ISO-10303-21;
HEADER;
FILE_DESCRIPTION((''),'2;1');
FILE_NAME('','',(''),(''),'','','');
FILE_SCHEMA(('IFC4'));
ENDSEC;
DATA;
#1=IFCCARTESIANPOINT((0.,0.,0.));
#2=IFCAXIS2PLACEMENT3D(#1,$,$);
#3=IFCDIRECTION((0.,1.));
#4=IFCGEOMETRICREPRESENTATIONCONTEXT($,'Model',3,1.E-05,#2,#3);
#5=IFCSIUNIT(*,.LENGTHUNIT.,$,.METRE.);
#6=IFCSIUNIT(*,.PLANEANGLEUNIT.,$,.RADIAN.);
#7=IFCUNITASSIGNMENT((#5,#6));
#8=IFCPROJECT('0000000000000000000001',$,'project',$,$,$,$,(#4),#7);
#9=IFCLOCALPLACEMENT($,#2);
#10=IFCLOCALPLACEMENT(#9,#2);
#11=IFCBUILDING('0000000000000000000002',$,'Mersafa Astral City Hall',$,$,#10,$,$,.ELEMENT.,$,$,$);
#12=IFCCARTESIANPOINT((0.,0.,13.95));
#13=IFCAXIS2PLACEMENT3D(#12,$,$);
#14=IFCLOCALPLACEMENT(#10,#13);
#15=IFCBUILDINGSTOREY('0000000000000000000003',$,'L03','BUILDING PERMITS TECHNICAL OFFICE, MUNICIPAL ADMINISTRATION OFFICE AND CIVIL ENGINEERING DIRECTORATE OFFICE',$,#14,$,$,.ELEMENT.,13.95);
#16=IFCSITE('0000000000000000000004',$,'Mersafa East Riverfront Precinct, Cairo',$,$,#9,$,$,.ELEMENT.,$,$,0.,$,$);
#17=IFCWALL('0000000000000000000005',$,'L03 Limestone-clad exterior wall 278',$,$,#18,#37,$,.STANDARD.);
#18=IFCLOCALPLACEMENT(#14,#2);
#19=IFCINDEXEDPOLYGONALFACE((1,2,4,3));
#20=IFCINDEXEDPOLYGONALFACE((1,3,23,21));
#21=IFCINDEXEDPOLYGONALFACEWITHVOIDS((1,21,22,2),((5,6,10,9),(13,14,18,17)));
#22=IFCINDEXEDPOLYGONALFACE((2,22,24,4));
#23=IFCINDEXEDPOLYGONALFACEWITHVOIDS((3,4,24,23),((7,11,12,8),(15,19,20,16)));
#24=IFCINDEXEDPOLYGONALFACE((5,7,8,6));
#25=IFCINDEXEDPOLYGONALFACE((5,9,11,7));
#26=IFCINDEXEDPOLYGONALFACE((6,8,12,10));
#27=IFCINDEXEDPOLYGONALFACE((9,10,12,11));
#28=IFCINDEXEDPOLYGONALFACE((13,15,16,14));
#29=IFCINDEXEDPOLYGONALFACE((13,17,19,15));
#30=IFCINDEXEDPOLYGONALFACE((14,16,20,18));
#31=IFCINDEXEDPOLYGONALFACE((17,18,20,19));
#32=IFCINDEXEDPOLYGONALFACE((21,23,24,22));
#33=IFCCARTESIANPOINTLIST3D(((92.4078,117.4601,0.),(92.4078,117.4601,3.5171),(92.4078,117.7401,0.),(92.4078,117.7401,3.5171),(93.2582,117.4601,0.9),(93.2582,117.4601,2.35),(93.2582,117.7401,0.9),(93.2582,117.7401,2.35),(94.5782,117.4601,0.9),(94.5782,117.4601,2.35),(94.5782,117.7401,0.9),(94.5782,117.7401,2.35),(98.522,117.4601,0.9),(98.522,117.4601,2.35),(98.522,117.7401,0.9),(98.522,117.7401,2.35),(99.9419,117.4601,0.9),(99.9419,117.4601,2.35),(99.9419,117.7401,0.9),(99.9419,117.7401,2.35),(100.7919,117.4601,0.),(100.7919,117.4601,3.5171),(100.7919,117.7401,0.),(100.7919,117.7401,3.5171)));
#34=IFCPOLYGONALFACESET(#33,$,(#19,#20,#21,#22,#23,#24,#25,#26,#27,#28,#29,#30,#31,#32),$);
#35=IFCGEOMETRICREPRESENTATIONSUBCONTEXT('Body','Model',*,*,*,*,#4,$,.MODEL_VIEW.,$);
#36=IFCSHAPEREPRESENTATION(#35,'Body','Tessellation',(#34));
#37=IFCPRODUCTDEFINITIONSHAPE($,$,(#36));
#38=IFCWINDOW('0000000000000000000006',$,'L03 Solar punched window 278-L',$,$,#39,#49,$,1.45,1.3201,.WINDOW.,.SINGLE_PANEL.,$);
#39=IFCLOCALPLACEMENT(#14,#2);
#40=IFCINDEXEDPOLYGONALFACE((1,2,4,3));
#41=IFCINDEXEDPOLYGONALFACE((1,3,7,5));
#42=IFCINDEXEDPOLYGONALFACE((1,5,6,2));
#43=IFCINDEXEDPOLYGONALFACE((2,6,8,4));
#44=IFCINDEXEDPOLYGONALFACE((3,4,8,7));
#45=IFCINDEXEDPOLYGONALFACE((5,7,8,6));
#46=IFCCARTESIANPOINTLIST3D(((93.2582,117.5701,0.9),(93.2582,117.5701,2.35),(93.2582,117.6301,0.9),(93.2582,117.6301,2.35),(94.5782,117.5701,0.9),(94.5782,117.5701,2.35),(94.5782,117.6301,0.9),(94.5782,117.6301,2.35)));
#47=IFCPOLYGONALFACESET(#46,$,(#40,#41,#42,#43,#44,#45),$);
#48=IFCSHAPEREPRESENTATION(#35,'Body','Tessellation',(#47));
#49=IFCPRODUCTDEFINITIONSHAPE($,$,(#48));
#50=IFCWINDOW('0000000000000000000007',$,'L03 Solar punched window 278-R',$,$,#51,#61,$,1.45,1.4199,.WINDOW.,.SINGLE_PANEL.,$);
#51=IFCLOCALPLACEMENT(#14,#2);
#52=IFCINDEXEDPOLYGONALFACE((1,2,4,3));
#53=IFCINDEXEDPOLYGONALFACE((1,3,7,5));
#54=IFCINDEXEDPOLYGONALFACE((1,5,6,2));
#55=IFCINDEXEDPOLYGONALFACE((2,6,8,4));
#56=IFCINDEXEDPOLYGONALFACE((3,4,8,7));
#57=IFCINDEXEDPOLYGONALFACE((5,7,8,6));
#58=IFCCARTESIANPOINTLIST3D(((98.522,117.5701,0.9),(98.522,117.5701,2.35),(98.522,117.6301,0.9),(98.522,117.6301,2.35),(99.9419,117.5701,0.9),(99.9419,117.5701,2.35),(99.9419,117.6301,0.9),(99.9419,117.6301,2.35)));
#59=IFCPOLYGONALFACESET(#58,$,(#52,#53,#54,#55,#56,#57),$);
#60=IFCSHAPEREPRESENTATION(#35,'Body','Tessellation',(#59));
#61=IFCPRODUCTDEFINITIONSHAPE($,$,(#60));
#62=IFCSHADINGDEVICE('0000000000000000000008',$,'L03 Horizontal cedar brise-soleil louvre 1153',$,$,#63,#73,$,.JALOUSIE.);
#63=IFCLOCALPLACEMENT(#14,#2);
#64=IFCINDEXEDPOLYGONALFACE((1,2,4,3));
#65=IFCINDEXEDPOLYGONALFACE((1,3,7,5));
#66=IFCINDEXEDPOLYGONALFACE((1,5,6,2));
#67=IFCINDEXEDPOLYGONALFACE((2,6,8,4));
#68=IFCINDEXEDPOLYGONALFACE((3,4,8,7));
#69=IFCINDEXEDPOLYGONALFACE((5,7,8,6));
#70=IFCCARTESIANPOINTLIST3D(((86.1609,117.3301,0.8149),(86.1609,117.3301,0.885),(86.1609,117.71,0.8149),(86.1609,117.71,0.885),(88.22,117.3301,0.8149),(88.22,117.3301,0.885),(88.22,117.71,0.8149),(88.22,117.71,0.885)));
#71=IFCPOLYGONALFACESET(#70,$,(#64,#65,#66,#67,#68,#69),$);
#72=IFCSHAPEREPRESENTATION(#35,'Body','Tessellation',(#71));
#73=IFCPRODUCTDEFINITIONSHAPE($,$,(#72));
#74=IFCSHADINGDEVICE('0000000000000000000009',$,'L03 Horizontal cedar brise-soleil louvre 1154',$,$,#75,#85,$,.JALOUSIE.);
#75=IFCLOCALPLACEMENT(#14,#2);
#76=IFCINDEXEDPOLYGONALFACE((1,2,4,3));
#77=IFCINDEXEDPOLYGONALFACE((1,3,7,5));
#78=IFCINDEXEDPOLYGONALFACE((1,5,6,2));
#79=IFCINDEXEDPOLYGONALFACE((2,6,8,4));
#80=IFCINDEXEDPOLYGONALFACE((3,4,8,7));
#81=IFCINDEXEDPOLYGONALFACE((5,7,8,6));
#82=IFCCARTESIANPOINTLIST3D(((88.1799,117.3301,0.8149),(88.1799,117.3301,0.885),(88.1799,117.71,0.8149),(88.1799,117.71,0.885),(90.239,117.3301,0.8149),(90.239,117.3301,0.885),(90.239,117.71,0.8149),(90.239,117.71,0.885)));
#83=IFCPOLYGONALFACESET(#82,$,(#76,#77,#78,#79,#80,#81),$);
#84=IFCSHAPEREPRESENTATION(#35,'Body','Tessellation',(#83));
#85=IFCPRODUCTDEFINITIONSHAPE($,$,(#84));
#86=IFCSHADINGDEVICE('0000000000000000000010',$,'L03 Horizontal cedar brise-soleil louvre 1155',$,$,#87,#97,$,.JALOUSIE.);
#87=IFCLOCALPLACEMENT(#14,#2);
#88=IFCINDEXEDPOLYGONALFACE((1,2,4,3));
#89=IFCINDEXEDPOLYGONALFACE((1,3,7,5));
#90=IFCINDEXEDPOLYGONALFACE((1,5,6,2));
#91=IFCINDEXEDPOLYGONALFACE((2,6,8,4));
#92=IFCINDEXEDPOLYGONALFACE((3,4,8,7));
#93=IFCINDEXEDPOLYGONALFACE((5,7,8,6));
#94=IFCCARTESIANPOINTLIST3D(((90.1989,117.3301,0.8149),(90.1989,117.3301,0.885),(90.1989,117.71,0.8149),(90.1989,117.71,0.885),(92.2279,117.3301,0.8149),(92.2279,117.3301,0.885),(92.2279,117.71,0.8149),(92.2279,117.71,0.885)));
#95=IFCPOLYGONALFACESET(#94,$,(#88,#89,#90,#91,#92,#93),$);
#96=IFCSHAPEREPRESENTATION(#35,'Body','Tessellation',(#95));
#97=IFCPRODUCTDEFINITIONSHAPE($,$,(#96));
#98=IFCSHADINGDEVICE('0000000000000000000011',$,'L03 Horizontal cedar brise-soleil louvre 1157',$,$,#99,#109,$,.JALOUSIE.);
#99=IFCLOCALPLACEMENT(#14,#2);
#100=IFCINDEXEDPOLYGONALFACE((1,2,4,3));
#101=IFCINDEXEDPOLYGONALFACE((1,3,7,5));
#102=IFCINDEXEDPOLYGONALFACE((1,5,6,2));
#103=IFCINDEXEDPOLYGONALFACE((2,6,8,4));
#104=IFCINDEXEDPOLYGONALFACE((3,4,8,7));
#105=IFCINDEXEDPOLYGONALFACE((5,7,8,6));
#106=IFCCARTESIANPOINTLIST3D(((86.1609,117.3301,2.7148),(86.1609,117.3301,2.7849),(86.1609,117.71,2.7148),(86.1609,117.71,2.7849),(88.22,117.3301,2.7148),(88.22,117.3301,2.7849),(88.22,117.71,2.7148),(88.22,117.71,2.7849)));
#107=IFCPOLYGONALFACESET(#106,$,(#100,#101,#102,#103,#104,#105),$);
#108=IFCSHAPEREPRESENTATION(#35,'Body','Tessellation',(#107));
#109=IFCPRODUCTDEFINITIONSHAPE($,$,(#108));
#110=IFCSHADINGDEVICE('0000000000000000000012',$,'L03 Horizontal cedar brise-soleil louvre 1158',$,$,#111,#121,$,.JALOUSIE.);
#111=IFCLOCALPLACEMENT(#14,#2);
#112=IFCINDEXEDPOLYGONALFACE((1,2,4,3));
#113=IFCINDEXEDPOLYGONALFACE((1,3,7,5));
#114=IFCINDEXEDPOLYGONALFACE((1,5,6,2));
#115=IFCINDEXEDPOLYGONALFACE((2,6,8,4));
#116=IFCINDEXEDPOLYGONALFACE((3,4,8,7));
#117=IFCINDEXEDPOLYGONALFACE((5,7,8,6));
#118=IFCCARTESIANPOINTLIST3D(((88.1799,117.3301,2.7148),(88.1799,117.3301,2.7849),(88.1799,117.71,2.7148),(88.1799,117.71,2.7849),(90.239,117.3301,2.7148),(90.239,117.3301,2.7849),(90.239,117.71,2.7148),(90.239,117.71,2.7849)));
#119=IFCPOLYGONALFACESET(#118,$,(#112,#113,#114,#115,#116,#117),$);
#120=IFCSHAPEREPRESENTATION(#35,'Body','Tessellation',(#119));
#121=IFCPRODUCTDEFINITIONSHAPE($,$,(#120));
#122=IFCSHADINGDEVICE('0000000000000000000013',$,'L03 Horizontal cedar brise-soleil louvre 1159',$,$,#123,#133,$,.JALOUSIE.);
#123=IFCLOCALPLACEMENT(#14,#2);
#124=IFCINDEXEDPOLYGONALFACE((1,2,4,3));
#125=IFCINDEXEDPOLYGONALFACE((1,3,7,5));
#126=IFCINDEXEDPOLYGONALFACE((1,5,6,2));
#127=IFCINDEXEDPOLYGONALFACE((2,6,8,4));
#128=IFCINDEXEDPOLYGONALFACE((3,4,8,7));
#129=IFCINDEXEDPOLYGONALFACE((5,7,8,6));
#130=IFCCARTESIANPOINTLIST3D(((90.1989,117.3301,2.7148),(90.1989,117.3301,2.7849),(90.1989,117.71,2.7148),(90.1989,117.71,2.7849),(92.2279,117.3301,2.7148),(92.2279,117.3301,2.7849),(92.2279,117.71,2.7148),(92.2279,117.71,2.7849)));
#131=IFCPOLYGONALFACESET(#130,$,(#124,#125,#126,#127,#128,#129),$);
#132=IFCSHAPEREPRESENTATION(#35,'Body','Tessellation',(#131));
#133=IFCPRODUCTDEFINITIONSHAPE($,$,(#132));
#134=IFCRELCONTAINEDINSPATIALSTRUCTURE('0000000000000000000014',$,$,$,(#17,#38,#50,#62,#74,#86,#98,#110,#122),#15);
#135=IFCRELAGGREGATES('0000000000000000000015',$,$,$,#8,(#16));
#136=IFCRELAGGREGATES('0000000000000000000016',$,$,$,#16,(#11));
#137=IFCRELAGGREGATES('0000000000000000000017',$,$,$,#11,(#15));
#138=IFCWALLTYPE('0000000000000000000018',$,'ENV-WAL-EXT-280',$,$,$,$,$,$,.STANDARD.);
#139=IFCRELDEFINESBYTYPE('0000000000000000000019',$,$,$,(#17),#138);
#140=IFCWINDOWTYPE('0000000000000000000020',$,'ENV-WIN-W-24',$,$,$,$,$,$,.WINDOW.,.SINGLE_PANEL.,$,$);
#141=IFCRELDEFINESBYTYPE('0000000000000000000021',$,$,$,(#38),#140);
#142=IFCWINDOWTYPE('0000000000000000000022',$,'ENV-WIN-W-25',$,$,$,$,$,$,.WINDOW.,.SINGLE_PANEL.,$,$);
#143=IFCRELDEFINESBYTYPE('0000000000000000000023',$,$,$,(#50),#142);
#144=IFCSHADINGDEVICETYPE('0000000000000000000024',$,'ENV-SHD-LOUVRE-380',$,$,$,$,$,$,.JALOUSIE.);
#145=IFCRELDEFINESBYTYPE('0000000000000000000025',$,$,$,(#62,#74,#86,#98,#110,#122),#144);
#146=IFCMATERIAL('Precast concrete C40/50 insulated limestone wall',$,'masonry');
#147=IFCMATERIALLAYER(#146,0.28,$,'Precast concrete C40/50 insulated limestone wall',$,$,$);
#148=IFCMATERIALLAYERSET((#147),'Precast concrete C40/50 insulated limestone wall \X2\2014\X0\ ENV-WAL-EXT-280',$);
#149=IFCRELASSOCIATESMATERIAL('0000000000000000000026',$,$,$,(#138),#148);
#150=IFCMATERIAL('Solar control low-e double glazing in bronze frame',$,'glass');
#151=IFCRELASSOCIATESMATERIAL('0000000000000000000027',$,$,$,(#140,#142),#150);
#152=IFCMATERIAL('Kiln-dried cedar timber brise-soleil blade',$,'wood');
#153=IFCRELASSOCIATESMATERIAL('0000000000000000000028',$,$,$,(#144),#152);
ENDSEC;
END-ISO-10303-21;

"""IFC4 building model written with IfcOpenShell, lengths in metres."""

from ifc_helpers import new_model, si_unit, direction, frame, frame_2d, origin, origin_2d, place, context, subcontext, project, spatial, rectangle, extrude, material, layer, layer_set, type_object, element, fill, save


model = new_model("IFC4")

# Units and contexts
model_context = context("Model", 3, precision=1e-05, world=origin(), true_north=direction((0.0, 1.0)))
body_context = subcontext(model_context, "Body", "Model", "MODEL_VIEW")
ifc_project = project(units=[si_unit("LENGTHUNIT", "METRE"), si_unit("PLANEANGLEUNIT", "RADIAN")], contexts=[model_context])

# Site, building, storey
site_placement = place(None, origin())
site = spatial("IfcSite", under=ifc_project, at=site_placement, Name="Mersafa East Riverfront Precinct, Cairo", CompositionType="ELEMENT", RefElevation=0.0)
building_placement = place(site_placement, origin())
building = spatial("IfcBuilding", under=site, at=building_placement, Name="Mersafa Astral City Hall", CompositionType="ELEMENT")
storey_placement = place(building_placement, frame((0.0, 0.0, 13.95)))
storey = spatial("IfcBuildingStorey", under=building, at=storey_placement, Name="L03", Description="BUILDING PERMITS TECHNICAL OFFICE, MUNICIPAL ADMINISTRATION OFFICE AND CIVIL ENGINEERING DIRECTORATE OFFICE", CompositionType="ELEMENT", Elevation=13.95)

# Wall, openings, windows
ifc_material_1 = material(Name="Precast concrete C40/50 insulated limestone wall", Category="masonry")
ifc_layer_1 = layer(ifc_material_1, 0.28, Name="Precast concrete C40/50 insulated limestone wall")
ifc_layer_set_1 = layer_set([ifc_layer_1], Name="Precast concrete C40/50 insulated limestone wall — ENV-WAL-EXT-280")
wall_type = type_object("IfcWallType", Name="ENV-WAL-EXT-280", PredefinedType="STANDARD", material=ifc_layer_set_1)
wall_placement = place(storey_placement, frame((92.408, 117.6001, 0.0), z_axis=(0.0, 0.0, 1.0), x_axis=(1.0, 0.0, 0.0)))
wall = element("IfcWall", 1, at=wall_placement, inside=storey, type_object=wall_type, Name="L03 Limestone-clad exterior wall 278", PredefinedType="STANDARD", context=body_context, shape_type="SweptSolid", body=[
    extrude(rectangle(XDim=8.384, YDim=0.28, at=frame_2d((4.1919, 0.0))), origin(), (0.0, 0.0, 1.0), 3.5171),
])
opening_1_placement = place(wall_placement, frame((0.8501, 0.0, 0.8999)))
opening_1 = element("IfcOpeningElement", 2, at=opening_1_placement, cuts=wall, PredefinedType="OPENING", context=body_context, shape_type="SweptSolid", body=[
    extrude(rectangle(XDim=1.3201, YDim=1.45, at=frame_2d((0.6602, 0.7251))), frame((0.0, 0.1499, 0.0), z_axis=(0.0, -1.0, 0.0), x_axis=(1.0, 0.0, 0.0)), (0.0, 0.0, 1.0), 0.3),
])
opening_2_placement = place(wall_placement, frame((6.114, 0.0, 0.8999)))
opening_2 = element("IfcOpeningElement", 3, at=opening_2_placement, cuts=wall, PredefinedType="OPENING", context=body_context, shape_type="SweptSolid", body=[
    extrude(rectangle(XDim=1.4199, YDim=1.45, at=frame_2d((0.71, 0.7251))), frame((0.0, 0.1499, 0.0), z_axis=(0.0, -1.0, 0.0), x_axis=(1.0, 0.0, 0.0)), (0.0, 0.0, 1.0), 0.3),
])
ifc_material_2 = material(Name="Solar control low-e double glazing in bronze frame", Category="glass")
window_type_1 = type_object("IfcWindowType", Name="ENV-WIN-W-24", PartitioningType="SINGLE_PANEL", PredefinedType="WINDOW", material=ifc_material_2)
window_1_placement = place(opening_1_placement, origin())
window_1 = element("IfcWindow", 4, at=window_1_placement, inside=storey, type_object=window_type_1, Name="L03 Solar punched window 278-L", OverallHeight=1.45, OverallWidth=1.3201, PartitioningType="SINGLE_PANEL", PredefinedType="WINDOW", context=body_context, shape_type="SweptSolid", body=[
    extrude(rectangle(XDim=1.3201, YDim=1.45, at=frame_2d((0.6602, 0.7251))), frame((0.0, 0.03, 0.0), z_axis=(0.0, -1.0, 0.0), x_axis=(1.0, 0.0, 0.0)), (0.0, 0.0, 1.0), 0.0601),
])
fill(opening_1, window_1)
window_type_2 = type_object("IfcWindowType", Name="ENV-WIN-W-25", PartitioningType="SINGLE_PANEL", PredefinedType="WINDOW", material=ifc_material_2)
window_2_placement = place(opening_2_placement, origin())
window_2 = element("IfcWindow", 5, at=window_2_placement, inside=storey, type_object=window_type_2, Name="L03 Solar punched window 278-R", OverallHeight=1.45, OverallWidth=1.4199, PartitioningType="SINGLE_PANEL", PredefinedType="WINDOW", context=body_context, shape_type="SweptSolid", body=[
    extrude(rectangle(XDim=1.4199, YDim=1.45, at=frame_2d((0.71, 0.7251))), frame((0.0, 0.03, 0.0), z_axis=(0.0, -1.0, 0.0), x_axis=(1.0, 0.0, 0.0)), (0.0, 0.0, 1.0), 0.0601),
])
fill(opening_2, window_2)

# Shading devices
ifc_material_3 = material(Name="Kiln-dried cedar timber brise-soleil blade", Category="wood")
shading_device_type = type_object("IfcShadingDeviceType", Name="ENV-SHD-LOUVRE-380", PredefinedType="JALOUSIE", material=ifc_material_3)
for number, where, z_axis, x_axis, name in (
    (6, (87.1904, 117.52, 0.8149), (0.0, 0.0, 1.0), (1.0, 0.0, 0.0), "L03 Horizontal cedar brise-soleil louvre 1153"),
    (7, (89.2095, 117.52, 0.8149), (0.0, 0.0, 1.0), (1.0, 0.0, 0.0), "L03 Horizontal cedar brise-soleil louvre 1154"),
):
    element("IfcShadingDevice", number, at=place(storey_placement, frame(where, z_axis=z_axis, x_axis=x_axis)), inside=storey, type_object=shading_device_type, Name=name, PredefinedType="JALOUSIE", context=body_context, shape_type="SweptSolid", body=[
        extrude(rectangle(XDim=2.0591, YDim=0.3799, at=origin_2d()), origin(), (0.0, 0.0, 1.0), 0.0701),
    ])
shading_device_1_placement = place(storey_placement, frame((91.2134, 117.52, 0.8149), z_axis=(0.0, 0.0, 1.0), x_axis=(1.0, 0.0, 0.0)))
element("IfcShadingDevice", 8, at=shading_device_1_placement, inside=storey, type_object=shading_device_type, Name="L03 Horizontal cedar brise-soleil louvre 1155", PredefinedType="JALOUSIE", context=body_context, shape_type="SweptSolid", body=[
    extrude(rectangle(XDim=2.0291, YDim=0.3799, at=origin_2d()), origin(), (0.0, 0.0, 1.0), 0.0701),
])
for number, where, z_axis, x_axis, name in (
    (9, (87.1904, 117.52, 2.7148), (0.0, 0.0, 1.0), (1.0, 0.0, 0.0), "L03 Horizontal cedar brise-soleil louvre 1157"),
    (10, (89.2095, 117.52, 2.7148), (0.0, 0.0, 1.0), (1.0, 0.0, 0.0), "L03 Horizontal cedar brise-soleil louvre 1158"),
):
    element("IfcShadingDevice", number, at=place(storey_placement, frame(where, z_axis=z_axis, x_axis=x_axis)), inside=storey, type_object=shading_device_type, Name=name, PredefinedType="JALOUSIE", context=body_context, shape_type="SweptSolid", body=[
        extrude(rectangle(XDim=2.0591, YDim=0.3799, at=origin_2d()), origin(), (0.0, 0.0, 1.0), 0.0701),
    ])
shading_device_2_placement = place(storey_placement, frame((91.2134, 117.52, 2.7148), z_axis=(0.0, 0.0, 1.0), x_axis=(1.0, 0.0, 0.0)))
element("IfcShadingDevice", 11, at=shading_device_2_placement, inside=storey, type_object=shading_device_type, Name="L03 Horizontal cedar brise-soleil louvre 1159", PredefinedType="JALOUSIE", context=body_context, shape_type="SweptSolid", body=[
    extrude(rectangle(XDim=2.0291, YDim=0.3799, at=origin_2d()), origin(), (0.0, 0.0, 1.0), 0.0701),
])

save(model, "model.ifc")
